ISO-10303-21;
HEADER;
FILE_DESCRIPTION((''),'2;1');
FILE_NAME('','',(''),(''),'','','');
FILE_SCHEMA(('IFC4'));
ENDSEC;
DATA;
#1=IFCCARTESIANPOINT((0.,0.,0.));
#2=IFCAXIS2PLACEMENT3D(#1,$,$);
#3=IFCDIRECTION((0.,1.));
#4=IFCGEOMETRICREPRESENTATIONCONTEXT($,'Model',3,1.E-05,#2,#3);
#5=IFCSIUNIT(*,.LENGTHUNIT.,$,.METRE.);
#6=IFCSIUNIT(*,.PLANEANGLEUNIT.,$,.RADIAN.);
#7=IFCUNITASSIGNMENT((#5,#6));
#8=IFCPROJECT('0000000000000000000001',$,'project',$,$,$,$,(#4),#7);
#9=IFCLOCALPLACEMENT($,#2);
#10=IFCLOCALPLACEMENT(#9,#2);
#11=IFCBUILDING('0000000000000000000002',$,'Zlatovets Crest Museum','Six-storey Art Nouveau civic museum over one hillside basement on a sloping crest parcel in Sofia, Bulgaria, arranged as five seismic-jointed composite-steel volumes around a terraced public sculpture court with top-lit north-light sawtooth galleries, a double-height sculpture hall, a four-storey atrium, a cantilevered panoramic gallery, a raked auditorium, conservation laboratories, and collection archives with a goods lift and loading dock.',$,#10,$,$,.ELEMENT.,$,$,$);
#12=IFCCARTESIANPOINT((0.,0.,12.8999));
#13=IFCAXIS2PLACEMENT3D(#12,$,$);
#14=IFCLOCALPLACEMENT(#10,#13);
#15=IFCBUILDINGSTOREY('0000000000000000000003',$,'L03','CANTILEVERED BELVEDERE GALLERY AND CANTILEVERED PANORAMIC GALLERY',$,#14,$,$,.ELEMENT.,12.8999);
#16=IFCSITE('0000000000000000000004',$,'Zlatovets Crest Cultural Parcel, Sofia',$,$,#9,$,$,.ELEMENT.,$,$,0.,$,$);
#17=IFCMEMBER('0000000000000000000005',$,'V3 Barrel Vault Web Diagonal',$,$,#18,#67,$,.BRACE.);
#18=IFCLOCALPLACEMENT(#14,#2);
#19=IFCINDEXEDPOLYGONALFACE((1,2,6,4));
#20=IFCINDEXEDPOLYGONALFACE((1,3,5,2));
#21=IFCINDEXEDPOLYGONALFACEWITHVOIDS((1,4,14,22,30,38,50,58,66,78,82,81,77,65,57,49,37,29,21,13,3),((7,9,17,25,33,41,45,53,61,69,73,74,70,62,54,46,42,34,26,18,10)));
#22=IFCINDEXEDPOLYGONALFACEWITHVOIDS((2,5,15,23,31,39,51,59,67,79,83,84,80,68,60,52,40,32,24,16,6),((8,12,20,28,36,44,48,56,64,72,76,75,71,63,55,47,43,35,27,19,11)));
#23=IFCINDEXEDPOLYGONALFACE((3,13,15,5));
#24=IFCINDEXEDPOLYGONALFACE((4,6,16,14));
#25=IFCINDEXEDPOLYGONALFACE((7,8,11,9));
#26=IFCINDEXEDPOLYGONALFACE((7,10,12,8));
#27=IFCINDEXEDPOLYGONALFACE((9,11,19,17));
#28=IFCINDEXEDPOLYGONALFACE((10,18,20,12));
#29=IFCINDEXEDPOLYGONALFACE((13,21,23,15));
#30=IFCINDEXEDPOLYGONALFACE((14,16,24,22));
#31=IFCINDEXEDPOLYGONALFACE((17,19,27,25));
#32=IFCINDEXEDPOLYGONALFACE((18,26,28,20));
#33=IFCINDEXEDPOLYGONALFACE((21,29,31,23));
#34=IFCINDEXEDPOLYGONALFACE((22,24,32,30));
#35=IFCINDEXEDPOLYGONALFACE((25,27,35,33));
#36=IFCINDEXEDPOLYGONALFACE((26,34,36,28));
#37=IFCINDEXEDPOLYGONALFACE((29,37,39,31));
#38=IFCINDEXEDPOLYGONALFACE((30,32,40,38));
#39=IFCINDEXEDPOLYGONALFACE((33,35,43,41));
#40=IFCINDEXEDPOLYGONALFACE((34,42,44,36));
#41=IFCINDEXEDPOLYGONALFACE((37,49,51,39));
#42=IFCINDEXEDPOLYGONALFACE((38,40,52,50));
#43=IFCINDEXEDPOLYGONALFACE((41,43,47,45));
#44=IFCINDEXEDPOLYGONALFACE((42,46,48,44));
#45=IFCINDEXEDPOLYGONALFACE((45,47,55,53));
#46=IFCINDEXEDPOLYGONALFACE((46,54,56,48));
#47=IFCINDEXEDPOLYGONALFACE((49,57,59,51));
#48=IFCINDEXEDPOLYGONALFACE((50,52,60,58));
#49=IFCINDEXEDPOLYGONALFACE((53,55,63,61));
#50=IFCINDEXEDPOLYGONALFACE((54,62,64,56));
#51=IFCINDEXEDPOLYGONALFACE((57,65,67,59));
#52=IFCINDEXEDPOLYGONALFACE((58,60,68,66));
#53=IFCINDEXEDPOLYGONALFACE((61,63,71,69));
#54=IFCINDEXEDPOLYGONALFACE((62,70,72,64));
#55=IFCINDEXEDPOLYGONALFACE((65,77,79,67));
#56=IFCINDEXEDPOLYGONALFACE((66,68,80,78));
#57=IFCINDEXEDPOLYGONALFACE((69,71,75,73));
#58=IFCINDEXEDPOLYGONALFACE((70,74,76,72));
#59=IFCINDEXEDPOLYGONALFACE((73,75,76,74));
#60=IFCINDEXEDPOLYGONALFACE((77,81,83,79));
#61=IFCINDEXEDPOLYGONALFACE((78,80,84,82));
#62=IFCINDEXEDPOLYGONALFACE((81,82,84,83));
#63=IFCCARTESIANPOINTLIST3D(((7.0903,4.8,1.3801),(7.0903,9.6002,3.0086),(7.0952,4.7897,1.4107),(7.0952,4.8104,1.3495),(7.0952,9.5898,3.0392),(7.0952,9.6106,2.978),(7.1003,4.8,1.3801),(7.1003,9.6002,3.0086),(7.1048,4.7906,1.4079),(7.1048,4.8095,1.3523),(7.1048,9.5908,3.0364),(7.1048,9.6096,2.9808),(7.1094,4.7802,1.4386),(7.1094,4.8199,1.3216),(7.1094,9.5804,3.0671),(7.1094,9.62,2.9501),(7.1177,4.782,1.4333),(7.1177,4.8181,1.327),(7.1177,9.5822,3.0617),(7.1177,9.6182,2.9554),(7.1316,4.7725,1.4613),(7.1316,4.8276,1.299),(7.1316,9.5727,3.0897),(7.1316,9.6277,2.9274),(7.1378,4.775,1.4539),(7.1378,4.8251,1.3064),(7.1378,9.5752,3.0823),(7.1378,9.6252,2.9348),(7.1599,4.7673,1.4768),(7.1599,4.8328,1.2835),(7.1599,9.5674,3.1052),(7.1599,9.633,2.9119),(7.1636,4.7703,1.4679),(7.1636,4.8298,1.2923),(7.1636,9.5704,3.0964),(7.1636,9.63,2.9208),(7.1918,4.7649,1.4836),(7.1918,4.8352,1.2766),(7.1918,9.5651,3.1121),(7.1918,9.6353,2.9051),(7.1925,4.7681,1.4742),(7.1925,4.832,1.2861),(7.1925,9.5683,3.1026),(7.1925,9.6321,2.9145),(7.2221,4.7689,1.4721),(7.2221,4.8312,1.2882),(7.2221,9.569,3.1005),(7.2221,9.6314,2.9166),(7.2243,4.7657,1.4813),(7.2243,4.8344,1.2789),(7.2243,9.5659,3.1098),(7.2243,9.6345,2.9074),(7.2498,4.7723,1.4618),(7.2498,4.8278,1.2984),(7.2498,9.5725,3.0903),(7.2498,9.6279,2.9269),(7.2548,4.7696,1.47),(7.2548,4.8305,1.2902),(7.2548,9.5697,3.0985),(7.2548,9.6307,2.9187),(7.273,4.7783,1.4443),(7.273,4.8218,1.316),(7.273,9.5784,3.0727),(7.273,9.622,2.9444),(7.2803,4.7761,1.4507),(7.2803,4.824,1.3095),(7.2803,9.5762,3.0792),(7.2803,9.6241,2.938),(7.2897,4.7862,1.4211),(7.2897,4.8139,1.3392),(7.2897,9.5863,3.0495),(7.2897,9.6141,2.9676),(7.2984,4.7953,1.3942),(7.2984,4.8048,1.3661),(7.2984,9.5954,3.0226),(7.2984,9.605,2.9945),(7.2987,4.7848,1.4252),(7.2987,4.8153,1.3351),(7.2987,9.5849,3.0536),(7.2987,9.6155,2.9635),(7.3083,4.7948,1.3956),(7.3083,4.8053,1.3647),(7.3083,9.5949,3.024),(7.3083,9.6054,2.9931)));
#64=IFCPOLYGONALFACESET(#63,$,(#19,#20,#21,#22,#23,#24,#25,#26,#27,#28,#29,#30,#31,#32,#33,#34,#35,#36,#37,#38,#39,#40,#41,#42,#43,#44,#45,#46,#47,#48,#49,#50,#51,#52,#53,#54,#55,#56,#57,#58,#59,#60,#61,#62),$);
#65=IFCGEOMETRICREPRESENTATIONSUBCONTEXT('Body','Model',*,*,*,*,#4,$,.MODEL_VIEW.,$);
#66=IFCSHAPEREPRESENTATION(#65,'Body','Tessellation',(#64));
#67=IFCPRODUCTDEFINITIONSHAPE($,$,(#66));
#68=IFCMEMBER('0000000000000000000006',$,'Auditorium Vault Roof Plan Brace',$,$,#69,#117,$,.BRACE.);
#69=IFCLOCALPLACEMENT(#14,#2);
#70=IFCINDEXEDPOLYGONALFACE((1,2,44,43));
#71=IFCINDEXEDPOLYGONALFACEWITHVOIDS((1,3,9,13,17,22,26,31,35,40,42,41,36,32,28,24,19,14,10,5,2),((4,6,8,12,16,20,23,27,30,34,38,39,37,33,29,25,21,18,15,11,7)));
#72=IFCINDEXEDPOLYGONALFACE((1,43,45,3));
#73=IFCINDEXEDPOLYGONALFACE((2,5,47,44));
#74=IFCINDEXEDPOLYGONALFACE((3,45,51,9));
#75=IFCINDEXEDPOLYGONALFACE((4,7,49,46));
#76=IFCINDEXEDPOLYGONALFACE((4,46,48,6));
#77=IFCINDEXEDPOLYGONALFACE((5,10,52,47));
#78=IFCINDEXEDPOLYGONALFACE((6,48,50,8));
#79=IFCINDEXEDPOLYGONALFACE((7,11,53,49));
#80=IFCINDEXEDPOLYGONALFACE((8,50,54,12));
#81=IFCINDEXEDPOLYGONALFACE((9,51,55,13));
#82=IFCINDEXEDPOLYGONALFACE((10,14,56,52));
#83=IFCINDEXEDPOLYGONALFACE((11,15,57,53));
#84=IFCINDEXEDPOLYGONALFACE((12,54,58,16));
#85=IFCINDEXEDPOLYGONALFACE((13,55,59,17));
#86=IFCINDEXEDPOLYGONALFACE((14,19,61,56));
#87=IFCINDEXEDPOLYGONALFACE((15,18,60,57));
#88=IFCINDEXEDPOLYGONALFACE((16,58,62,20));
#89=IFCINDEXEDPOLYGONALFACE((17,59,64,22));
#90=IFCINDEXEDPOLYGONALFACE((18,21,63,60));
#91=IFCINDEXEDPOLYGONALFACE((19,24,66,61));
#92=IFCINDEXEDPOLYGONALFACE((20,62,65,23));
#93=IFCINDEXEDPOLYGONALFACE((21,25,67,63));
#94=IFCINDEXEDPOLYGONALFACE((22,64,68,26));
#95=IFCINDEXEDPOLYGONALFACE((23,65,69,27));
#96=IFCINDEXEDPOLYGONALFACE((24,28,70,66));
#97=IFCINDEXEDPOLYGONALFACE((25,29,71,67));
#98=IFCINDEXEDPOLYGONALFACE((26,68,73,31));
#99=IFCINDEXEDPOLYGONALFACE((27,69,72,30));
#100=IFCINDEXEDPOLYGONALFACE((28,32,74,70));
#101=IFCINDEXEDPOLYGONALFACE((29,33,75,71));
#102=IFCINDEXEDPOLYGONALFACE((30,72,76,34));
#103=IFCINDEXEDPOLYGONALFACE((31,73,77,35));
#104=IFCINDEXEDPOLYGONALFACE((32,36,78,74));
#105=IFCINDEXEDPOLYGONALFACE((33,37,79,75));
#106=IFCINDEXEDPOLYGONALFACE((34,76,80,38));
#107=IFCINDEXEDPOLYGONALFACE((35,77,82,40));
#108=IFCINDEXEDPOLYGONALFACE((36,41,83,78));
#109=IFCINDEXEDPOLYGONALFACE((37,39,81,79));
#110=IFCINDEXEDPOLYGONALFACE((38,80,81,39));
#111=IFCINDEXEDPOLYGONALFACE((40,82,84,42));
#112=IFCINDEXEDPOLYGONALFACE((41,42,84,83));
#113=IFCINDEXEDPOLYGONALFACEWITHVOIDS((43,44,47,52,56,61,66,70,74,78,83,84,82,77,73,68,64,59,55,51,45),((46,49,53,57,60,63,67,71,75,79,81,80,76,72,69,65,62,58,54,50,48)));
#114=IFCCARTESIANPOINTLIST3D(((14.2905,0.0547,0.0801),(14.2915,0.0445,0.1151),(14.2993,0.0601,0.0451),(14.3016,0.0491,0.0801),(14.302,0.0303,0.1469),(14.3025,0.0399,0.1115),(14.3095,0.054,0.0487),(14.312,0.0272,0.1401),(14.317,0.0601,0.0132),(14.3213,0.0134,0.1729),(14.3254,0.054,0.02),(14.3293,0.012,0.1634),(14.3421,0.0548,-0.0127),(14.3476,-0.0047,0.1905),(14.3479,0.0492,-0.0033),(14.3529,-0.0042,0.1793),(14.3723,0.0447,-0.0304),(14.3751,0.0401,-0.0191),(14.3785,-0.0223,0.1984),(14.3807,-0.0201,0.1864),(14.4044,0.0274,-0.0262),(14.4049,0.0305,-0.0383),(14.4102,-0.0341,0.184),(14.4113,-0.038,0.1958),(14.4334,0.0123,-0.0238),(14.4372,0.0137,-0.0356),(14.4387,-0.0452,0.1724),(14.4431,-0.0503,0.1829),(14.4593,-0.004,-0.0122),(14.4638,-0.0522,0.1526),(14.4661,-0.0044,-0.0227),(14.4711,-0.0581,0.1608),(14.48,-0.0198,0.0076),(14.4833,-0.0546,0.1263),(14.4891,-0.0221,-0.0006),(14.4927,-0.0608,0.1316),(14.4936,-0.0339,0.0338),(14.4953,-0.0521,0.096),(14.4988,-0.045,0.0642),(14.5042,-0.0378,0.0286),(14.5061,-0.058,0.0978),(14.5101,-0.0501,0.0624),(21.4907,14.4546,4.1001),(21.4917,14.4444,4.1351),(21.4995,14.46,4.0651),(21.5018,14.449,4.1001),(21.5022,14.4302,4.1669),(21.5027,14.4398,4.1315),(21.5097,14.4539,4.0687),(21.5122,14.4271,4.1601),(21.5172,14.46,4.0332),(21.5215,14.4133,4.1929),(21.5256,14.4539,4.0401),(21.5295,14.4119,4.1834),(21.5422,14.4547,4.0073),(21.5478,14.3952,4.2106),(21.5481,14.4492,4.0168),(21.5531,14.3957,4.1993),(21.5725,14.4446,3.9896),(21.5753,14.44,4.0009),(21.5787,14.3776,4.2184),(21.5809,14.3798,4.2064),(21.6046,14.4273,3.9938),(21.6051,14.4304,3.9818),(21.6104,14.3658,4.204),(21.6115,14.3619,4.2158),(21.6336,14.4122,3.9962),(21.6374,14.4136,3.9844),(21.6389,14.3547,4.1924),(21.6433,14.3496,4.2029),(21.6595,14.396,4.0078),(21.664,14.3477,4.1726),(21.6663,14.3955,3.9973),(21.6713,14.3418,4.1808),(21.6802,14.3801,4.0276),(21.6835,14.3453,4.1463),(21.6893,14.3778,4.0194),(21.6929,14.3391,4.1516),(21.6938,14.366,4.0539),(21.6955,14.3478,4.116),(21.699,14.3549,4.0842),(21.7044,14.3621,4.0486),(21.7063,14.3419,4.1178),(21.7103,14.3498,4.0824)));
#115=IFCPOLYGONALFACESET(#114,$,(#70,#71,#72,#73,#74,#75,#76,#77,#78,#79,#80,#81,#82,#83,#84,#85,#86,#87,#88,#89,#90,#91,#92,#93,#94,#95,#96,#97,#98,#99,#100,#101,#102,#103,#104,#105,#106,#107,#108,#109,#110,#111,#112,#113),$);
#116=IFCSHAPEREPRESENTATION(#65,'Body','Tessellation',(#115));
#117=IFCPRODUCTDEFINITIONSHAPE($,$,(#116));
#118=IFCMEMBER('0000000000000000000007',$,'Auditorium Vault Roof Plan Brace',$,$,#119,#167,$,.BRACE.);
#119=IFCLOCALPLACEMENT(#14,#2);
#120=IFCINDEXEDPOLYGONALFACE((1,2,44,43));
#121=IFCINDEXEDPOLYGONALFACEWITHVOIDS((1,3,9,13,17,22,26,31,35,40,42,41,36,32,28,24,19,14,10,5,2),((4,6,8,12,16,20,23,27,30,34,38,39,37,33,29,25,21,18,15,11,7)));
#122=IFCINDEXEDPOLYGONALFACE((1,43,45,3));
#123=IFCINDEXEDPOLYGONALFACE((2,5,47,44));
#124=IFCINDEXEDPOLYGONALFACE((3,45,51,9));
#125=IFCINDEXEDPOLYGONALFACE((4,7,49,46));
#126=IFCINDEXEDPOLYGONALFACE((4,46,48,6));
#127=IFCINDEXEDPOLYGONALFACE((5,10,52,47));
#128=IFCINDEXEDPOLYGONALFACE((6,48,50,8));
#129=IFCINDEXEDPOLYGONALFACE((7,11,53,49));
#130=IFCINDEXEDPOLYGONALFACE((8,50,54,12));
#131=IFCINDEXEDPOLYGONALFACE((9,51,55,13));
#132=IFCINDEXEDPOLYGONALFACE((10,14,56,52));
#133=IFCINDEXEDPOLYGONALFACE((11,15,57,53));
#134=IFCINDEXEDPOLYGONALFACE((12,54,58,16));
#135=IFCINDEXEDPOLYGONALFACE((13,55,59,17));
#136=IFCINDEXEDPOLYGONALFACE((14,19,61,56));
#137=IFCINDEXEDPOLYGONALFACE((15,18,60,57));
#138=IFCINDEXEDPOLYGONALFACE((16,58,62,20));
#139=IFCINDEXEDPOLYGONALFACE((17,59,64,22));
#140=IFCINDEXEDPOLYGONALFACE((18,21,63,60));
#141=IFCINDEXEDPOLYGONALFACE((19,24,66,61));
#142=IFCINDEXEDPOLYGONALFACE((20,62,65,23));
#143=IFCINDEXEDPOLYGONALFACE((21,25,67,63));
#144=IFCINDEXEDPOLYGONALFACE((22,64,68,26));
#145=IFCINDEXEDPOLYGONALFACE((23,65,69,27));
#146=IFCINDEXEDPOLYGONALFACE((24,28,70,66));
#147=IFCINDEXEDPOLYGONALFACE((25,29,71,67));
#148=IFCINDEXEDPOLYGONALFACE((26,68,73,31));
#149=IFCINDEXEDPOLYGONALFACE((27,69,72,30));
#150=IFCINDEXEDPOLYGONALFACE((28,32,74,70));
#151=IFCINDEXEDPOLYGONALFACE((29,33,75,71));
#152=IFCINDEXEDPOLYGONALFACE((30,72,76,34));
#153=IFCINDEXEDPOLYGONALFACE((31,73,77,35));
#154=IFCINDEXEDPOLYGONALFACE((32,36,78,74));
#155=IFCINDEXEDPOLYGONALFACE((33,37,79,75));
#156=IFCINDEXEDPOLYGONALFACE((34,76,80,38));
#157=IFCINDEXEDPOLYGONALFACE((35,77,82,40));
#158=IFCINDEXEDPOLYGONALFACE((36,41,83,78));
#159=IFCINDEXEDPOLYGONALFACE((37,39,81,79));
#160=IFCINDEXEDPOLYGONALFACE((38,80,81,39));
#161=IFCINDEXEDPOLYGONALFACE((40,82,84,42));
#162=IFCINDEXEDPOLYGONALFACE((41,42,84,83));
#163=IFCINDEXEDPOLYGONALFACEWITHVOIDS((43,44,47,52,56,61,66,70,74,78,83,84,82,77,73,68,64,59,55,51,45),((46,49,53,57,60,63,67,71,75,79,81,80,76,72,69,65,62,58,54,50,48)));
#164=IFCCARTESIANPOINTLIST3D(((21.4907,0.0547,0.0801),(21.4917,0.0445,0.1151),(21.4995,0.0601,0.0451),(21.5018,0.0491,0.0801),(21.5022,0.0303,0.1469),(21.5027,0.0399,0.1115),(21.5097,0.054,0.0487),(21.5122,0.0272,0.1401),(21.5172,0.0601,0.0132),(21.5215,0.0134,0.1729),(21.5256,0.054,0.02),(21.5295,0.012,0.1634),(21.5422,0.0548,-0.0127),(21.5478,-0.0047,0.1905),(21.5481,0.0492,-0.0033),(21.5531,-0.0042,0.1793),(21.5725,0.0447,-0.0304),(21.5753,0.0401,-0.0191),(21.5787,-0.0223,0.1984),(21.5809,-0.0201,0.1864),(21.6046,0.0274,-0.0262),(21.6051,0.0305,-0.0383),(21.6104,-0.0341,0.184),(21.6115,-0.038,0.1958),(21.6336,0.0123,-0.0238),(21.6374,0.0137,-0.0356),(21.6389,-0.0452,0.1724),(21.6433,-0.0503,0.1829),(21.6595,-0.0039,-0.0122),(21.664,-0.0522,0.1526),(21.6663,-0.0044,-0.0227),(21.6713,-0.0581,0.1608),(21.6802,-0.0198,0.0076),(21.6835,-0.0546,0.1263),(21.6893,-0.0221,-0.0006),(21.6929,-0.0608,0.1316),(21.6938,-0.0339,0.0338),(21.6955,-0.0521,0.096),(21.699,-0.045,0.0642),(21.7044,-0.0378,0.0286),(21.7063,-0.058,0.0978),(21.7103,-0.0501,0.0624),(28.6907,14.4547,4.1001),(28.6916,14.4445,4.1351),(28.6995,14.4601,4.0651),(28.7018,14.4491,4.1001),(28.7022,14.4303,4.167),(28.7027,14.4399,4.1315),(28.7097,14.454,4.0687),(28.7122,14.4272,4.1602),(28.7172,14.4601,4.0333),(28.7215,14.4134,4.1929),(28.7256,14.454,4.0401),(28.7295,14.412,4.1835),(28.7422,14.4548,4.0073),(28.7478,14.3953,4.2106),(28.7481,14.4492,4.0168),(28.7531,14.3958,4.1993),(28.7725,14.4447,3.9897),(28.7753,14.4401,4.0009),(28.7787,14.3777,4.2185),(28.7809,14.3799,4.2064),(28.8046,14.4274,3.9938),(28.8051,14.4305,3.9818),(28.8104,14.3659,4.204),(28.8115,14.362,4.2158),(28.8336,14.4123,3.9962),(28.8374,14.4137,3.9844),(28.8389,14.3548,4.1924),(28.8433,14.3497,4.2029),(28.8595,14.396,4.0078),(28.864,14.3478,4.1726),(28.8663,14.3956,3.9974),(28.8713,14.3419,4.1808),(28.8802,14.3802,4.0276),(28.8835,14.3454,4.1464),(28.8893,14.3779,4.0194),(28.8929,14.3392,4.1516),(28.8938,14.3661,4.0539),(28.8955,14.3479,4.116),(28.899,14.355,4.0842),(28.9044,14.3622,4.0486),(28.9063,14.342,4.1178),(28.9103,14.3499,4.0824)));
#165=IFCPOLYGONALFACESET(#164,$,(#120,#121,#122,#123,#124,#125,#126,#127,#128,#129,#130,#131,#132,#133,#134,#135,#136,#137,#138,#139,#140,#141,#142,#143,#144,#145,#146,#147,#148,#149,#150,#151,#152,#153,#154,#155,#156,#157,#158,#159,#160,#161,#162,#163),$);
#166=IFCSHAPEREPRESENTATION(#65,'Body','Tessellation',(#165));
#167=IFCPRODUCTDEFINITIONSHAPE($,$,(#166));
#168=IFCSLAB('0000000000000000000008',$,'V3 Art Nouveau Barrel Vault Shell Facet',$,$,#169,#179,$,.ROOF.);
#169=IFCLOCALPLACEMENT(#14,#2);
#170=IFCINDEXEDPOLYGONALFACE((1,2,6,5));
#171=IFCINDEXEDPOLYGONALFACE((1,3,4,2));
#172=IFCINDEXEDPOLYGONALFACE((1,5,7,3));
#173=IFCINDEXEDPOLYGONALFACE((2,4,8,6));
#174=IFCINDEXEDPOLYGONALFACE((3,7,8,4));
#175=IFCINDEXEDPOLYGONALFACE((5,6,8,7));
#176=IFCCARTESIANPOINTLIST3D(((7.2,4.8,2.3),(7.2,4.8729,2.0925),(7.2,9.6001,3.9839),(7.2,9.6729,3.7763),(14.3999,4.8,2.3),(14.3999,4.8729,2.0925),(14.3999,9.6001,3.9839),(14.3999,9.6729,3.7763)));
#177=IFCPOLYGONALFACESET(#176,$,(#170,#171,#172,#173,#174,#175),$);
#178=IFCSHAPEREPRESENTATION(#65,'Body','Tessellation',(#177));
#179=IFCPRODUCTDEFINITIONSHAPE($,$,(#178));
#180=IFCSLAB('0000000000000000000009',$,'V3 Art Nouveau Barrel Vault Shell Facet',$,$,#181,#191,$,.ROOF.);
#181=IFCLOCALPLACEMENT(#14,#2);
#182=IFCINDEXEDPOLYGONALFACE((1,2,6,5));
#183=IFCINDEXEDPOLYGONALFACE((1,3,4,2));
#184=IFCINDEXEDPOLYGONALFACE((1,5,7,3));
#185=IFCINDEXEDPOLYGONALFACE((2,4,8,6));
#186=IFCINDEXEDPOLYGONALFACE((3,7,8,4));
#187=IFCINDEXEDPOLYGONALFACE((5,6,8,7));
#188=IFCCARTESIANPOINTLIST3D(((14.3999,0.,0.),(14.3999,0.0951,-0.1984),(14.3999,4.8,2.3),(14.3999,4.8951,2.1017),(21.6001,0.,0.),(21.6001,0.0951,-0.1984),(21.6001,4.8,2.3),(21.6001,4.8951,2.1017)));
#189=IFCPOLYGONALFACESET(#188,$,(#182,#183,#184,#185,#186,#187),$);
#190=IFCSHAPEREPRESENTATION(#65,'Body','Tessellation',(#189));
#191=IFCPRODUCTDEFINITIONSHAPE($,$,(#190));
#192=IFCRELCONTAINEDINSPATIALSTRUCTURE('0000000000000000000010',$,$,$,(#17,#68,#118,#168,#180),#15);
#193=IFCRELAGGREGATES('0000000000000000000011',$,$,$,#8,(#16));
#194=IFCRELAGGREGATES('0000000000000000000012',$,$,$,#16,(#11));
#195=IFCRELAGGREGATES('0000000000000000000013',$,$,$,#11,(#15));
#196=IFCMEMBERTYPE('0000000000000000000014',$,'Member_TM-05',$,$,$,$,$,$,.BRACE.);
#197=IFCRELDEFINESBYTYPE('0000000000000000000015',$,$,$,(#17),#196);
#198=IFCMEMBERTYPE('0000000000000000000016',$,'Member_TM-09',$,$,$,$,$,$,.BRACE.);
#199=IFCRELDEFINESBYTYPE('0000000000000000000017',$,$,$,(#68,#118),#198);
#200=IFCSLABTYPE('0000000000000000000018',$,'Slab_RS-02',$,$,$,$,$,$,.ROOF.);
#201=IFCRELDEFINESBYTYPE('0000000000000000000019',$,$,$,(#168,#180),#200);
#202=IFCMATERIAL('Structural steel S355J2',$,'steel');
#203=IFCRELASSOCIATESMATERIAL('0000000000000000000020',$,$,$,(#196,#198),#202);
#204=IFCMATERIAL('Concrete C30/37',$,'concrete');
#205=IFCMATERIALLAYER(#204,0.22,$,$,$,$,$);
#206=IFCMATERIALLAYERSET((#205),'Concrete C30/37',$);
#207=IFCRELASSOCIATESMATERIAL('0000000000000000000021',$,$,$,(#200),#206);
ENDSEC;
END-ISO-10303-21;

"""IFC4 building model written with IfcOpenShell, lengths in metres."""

from ifc_helpers import new_model, si_unit, direction, frame, origin, origin_2d, place, context, subcontext, project, spatial, polyline, hollow_circle, outline, extrude, material, layer, layer_set, material_profile, profile_set, type_object, element, save


model = new_model("IFC4")

# Units and contexts
model_context = context("Model", 3, precision=1e-05, world=origin(), true_north=direction((0.0, 1.0)))
body_context = subcontext(model_context, "Body", "Model", "MODEL_VIEW")
ifc_project = project(units=[si_unit("LENGTHUNIT", "METRE"), si_unit("PLANEANGLEUNIT", "RADIAN")], contexts=[model_context])

# Site, building, storey
site_placement = place(None, origin())
site = spatial("IfcSite", under=ifc_project, at=site_placement, Name="Zlatovets Crest Cultural Parcel, Sofia", CompositionType="ELEMENT", RefElevation=0.0)
building_placement = place(site_placement, origin())
building = spatial("IfcBuilding", under=site, at=building_placement, Name="Zlatovets Crest Museum", Description="Six-storey Art Nouveau civic museum over one hillside basement on a sloping crest parcel in Sofia, Bulgaria, arranged as five seismic-jointed composite-steel volumes around a terraced public sculpture court with top-lit north-light sawtooth galleries, a double-height sculpture hall, a four-storey atrium, a cantilevered panoramic gallery, a raked auditorium, conservation laboratories, and collection archives with a goods lift and loading dock.", CompositionType="ELEMENT")
storey_placement = place(building_placement, frame((0.0, 0.0, 12.8999)))
storey = spatial("IfcBuildingStorey", under=building, at=storey_placement, Name="L03", Description="CANTILEVERED BELVEDERE GALLERY AND CANTILEVERED PANORAMIC GALLERY", CompositionType="ELEMENT", Elevation=12.8999)

# Shared definitions
ifc_material_1 = material(Name="Structural steel S355J2", Category="steel")

# Members
ifc_material_profile_1 = material_profile(ifc_material_1, hollow_circle(Radius=0.1096, WallThickness=0.01, at=origin_2d()), Name="CHS 219.1x10.0")
ifc_profile_set_1 = profile_set([ifc_material_profile_1], Name="Structural steel S355J2")
member_type_1 = type_object("IfcMemberType", Name="Member_TM-05", PredefinedType="BRACE", material=ifc_profile_set_1)
member_1_placement = place(storey_placement, frame((7.2, 4.8, 1.3801), z_axis=(0.0, 0.946989, 0.321266), x_axis=(-1.0, 0.0, 0.0)))
element("IfcMember", 1, at=member_1_placement, inside=storey, type_object=member_type_1, Name="V3 Barrel Vault Web Diagonal", PredefinedType="BRACE", context=body_context, shape_type="SweptSolid", body=[
    extrude(hollow_circle(Radius=0.1096, WallThickness=0.01, at=origin_2d()), origin(), (0.0, 0.0, 1.0), 5.0688),
])
ifc_material_profile_2 = material_profile(ifc_material_1, hollow_circle(Radius=0.1223, WallThickness=0.0125, at=origin_2d()), Name="CHS 244.5x12.5")
ifc_profile_set_2 = profile_set([ifc_material_profile_2], Name="Structural steel S355J2")
member_type_2 = type_object("IfcMemberType", Name="Member_TM-09", PredefinedType="BRACE", material=ifc_profile_set_2)
for number, where, z_axis, x_axis, name in (
    (2, (14.3999, 0.0, 0.0801), (0.433904, 0.867778, 0.242258), (-0.894421, 0.447226, 0.0), "Auditorium Vault Roof Plan Brace"),
    (3, (21.6001, 0.0, 0.0801), (0.433892, 0.867784, 0.242259), (-0.894427, 0.447214, 0.0), "Auditorium Vault Roof Plan Brace"),
):
    element("IfcMember", number, at=place(storey_placement, frame(where, z_axis=z_axis, x_axis=x_axis)), inside=storey, type_object=member_type_2, Name=name, PredefinedType="BRACE", context=body_context, shape_type="SweptSolid", body=[
        extrude(hollow_circle(Radius=0.1223, WallThickness=0.0125, at=origin_2d()), origin(), (0.0, 0.0, 1.0), 16.594),
    ])

# Slabs
ifc_material_2 = material(Name="Concrete C30/37", Category="concrete")
ifc_layer = layer(ifc_material_2, 0.22)
ifc_layer_set = layer_set([ifc_layer], Name="Concrete C30/37")
slab_type = type_object("IfcSlabType", Name="Slab_RS-02", PredefinedType="ROOF", material=ifc_layer_set)
slab_1_placement = place(storey_placement, frame((7.2, 4.8, 2.3), z_axis=(0.0, -0.331019, 0.943624), x_axis=(1.0, 0.0, 0.0)))
element("IfcSlab", 4, at=slab_1_placement, inside=storey, type_object=slab_type, Name="V3 Art Nouveau Barrel Vault Shell Facet", PredefinedType="ROOF", context=body_context, shape_type="SweptSolid", body=[
    extrude(outline(polyline([(0.0, 0.0), (7.2, 0.0), (7.2, 5.0868), (0.0, 5.0868), (0.0, 0.0)])), origin(), (0.0, 0.0, -1.0), 0.22),
])
slab_2_placement = place(storey_placement, frame((14.3999, 0.0, 0.0), z_axis=(0.0, -0.432124, 0.901814), x_axis=(1.0, 0.0, 0.0)))
element("IfcSlab", 5, at=slab_2_placement, inside=storey, type_object=slab_type, Name="V3 Art Nouveau Barrel Vault Shell Facet", PredefinedType="ROOF", context=body_context, shape_type="SweptSolid", body=[
    extrude(outline(polyline([(0.0, 0.0), (7.2002, 0.0), (7.2002, 5.3227), (0.0, 5.3227), (0.0, 0.0)])), origin(), (0.0, 0.0, -1.0), 0.22),
])

save(model, "model.ifc")
